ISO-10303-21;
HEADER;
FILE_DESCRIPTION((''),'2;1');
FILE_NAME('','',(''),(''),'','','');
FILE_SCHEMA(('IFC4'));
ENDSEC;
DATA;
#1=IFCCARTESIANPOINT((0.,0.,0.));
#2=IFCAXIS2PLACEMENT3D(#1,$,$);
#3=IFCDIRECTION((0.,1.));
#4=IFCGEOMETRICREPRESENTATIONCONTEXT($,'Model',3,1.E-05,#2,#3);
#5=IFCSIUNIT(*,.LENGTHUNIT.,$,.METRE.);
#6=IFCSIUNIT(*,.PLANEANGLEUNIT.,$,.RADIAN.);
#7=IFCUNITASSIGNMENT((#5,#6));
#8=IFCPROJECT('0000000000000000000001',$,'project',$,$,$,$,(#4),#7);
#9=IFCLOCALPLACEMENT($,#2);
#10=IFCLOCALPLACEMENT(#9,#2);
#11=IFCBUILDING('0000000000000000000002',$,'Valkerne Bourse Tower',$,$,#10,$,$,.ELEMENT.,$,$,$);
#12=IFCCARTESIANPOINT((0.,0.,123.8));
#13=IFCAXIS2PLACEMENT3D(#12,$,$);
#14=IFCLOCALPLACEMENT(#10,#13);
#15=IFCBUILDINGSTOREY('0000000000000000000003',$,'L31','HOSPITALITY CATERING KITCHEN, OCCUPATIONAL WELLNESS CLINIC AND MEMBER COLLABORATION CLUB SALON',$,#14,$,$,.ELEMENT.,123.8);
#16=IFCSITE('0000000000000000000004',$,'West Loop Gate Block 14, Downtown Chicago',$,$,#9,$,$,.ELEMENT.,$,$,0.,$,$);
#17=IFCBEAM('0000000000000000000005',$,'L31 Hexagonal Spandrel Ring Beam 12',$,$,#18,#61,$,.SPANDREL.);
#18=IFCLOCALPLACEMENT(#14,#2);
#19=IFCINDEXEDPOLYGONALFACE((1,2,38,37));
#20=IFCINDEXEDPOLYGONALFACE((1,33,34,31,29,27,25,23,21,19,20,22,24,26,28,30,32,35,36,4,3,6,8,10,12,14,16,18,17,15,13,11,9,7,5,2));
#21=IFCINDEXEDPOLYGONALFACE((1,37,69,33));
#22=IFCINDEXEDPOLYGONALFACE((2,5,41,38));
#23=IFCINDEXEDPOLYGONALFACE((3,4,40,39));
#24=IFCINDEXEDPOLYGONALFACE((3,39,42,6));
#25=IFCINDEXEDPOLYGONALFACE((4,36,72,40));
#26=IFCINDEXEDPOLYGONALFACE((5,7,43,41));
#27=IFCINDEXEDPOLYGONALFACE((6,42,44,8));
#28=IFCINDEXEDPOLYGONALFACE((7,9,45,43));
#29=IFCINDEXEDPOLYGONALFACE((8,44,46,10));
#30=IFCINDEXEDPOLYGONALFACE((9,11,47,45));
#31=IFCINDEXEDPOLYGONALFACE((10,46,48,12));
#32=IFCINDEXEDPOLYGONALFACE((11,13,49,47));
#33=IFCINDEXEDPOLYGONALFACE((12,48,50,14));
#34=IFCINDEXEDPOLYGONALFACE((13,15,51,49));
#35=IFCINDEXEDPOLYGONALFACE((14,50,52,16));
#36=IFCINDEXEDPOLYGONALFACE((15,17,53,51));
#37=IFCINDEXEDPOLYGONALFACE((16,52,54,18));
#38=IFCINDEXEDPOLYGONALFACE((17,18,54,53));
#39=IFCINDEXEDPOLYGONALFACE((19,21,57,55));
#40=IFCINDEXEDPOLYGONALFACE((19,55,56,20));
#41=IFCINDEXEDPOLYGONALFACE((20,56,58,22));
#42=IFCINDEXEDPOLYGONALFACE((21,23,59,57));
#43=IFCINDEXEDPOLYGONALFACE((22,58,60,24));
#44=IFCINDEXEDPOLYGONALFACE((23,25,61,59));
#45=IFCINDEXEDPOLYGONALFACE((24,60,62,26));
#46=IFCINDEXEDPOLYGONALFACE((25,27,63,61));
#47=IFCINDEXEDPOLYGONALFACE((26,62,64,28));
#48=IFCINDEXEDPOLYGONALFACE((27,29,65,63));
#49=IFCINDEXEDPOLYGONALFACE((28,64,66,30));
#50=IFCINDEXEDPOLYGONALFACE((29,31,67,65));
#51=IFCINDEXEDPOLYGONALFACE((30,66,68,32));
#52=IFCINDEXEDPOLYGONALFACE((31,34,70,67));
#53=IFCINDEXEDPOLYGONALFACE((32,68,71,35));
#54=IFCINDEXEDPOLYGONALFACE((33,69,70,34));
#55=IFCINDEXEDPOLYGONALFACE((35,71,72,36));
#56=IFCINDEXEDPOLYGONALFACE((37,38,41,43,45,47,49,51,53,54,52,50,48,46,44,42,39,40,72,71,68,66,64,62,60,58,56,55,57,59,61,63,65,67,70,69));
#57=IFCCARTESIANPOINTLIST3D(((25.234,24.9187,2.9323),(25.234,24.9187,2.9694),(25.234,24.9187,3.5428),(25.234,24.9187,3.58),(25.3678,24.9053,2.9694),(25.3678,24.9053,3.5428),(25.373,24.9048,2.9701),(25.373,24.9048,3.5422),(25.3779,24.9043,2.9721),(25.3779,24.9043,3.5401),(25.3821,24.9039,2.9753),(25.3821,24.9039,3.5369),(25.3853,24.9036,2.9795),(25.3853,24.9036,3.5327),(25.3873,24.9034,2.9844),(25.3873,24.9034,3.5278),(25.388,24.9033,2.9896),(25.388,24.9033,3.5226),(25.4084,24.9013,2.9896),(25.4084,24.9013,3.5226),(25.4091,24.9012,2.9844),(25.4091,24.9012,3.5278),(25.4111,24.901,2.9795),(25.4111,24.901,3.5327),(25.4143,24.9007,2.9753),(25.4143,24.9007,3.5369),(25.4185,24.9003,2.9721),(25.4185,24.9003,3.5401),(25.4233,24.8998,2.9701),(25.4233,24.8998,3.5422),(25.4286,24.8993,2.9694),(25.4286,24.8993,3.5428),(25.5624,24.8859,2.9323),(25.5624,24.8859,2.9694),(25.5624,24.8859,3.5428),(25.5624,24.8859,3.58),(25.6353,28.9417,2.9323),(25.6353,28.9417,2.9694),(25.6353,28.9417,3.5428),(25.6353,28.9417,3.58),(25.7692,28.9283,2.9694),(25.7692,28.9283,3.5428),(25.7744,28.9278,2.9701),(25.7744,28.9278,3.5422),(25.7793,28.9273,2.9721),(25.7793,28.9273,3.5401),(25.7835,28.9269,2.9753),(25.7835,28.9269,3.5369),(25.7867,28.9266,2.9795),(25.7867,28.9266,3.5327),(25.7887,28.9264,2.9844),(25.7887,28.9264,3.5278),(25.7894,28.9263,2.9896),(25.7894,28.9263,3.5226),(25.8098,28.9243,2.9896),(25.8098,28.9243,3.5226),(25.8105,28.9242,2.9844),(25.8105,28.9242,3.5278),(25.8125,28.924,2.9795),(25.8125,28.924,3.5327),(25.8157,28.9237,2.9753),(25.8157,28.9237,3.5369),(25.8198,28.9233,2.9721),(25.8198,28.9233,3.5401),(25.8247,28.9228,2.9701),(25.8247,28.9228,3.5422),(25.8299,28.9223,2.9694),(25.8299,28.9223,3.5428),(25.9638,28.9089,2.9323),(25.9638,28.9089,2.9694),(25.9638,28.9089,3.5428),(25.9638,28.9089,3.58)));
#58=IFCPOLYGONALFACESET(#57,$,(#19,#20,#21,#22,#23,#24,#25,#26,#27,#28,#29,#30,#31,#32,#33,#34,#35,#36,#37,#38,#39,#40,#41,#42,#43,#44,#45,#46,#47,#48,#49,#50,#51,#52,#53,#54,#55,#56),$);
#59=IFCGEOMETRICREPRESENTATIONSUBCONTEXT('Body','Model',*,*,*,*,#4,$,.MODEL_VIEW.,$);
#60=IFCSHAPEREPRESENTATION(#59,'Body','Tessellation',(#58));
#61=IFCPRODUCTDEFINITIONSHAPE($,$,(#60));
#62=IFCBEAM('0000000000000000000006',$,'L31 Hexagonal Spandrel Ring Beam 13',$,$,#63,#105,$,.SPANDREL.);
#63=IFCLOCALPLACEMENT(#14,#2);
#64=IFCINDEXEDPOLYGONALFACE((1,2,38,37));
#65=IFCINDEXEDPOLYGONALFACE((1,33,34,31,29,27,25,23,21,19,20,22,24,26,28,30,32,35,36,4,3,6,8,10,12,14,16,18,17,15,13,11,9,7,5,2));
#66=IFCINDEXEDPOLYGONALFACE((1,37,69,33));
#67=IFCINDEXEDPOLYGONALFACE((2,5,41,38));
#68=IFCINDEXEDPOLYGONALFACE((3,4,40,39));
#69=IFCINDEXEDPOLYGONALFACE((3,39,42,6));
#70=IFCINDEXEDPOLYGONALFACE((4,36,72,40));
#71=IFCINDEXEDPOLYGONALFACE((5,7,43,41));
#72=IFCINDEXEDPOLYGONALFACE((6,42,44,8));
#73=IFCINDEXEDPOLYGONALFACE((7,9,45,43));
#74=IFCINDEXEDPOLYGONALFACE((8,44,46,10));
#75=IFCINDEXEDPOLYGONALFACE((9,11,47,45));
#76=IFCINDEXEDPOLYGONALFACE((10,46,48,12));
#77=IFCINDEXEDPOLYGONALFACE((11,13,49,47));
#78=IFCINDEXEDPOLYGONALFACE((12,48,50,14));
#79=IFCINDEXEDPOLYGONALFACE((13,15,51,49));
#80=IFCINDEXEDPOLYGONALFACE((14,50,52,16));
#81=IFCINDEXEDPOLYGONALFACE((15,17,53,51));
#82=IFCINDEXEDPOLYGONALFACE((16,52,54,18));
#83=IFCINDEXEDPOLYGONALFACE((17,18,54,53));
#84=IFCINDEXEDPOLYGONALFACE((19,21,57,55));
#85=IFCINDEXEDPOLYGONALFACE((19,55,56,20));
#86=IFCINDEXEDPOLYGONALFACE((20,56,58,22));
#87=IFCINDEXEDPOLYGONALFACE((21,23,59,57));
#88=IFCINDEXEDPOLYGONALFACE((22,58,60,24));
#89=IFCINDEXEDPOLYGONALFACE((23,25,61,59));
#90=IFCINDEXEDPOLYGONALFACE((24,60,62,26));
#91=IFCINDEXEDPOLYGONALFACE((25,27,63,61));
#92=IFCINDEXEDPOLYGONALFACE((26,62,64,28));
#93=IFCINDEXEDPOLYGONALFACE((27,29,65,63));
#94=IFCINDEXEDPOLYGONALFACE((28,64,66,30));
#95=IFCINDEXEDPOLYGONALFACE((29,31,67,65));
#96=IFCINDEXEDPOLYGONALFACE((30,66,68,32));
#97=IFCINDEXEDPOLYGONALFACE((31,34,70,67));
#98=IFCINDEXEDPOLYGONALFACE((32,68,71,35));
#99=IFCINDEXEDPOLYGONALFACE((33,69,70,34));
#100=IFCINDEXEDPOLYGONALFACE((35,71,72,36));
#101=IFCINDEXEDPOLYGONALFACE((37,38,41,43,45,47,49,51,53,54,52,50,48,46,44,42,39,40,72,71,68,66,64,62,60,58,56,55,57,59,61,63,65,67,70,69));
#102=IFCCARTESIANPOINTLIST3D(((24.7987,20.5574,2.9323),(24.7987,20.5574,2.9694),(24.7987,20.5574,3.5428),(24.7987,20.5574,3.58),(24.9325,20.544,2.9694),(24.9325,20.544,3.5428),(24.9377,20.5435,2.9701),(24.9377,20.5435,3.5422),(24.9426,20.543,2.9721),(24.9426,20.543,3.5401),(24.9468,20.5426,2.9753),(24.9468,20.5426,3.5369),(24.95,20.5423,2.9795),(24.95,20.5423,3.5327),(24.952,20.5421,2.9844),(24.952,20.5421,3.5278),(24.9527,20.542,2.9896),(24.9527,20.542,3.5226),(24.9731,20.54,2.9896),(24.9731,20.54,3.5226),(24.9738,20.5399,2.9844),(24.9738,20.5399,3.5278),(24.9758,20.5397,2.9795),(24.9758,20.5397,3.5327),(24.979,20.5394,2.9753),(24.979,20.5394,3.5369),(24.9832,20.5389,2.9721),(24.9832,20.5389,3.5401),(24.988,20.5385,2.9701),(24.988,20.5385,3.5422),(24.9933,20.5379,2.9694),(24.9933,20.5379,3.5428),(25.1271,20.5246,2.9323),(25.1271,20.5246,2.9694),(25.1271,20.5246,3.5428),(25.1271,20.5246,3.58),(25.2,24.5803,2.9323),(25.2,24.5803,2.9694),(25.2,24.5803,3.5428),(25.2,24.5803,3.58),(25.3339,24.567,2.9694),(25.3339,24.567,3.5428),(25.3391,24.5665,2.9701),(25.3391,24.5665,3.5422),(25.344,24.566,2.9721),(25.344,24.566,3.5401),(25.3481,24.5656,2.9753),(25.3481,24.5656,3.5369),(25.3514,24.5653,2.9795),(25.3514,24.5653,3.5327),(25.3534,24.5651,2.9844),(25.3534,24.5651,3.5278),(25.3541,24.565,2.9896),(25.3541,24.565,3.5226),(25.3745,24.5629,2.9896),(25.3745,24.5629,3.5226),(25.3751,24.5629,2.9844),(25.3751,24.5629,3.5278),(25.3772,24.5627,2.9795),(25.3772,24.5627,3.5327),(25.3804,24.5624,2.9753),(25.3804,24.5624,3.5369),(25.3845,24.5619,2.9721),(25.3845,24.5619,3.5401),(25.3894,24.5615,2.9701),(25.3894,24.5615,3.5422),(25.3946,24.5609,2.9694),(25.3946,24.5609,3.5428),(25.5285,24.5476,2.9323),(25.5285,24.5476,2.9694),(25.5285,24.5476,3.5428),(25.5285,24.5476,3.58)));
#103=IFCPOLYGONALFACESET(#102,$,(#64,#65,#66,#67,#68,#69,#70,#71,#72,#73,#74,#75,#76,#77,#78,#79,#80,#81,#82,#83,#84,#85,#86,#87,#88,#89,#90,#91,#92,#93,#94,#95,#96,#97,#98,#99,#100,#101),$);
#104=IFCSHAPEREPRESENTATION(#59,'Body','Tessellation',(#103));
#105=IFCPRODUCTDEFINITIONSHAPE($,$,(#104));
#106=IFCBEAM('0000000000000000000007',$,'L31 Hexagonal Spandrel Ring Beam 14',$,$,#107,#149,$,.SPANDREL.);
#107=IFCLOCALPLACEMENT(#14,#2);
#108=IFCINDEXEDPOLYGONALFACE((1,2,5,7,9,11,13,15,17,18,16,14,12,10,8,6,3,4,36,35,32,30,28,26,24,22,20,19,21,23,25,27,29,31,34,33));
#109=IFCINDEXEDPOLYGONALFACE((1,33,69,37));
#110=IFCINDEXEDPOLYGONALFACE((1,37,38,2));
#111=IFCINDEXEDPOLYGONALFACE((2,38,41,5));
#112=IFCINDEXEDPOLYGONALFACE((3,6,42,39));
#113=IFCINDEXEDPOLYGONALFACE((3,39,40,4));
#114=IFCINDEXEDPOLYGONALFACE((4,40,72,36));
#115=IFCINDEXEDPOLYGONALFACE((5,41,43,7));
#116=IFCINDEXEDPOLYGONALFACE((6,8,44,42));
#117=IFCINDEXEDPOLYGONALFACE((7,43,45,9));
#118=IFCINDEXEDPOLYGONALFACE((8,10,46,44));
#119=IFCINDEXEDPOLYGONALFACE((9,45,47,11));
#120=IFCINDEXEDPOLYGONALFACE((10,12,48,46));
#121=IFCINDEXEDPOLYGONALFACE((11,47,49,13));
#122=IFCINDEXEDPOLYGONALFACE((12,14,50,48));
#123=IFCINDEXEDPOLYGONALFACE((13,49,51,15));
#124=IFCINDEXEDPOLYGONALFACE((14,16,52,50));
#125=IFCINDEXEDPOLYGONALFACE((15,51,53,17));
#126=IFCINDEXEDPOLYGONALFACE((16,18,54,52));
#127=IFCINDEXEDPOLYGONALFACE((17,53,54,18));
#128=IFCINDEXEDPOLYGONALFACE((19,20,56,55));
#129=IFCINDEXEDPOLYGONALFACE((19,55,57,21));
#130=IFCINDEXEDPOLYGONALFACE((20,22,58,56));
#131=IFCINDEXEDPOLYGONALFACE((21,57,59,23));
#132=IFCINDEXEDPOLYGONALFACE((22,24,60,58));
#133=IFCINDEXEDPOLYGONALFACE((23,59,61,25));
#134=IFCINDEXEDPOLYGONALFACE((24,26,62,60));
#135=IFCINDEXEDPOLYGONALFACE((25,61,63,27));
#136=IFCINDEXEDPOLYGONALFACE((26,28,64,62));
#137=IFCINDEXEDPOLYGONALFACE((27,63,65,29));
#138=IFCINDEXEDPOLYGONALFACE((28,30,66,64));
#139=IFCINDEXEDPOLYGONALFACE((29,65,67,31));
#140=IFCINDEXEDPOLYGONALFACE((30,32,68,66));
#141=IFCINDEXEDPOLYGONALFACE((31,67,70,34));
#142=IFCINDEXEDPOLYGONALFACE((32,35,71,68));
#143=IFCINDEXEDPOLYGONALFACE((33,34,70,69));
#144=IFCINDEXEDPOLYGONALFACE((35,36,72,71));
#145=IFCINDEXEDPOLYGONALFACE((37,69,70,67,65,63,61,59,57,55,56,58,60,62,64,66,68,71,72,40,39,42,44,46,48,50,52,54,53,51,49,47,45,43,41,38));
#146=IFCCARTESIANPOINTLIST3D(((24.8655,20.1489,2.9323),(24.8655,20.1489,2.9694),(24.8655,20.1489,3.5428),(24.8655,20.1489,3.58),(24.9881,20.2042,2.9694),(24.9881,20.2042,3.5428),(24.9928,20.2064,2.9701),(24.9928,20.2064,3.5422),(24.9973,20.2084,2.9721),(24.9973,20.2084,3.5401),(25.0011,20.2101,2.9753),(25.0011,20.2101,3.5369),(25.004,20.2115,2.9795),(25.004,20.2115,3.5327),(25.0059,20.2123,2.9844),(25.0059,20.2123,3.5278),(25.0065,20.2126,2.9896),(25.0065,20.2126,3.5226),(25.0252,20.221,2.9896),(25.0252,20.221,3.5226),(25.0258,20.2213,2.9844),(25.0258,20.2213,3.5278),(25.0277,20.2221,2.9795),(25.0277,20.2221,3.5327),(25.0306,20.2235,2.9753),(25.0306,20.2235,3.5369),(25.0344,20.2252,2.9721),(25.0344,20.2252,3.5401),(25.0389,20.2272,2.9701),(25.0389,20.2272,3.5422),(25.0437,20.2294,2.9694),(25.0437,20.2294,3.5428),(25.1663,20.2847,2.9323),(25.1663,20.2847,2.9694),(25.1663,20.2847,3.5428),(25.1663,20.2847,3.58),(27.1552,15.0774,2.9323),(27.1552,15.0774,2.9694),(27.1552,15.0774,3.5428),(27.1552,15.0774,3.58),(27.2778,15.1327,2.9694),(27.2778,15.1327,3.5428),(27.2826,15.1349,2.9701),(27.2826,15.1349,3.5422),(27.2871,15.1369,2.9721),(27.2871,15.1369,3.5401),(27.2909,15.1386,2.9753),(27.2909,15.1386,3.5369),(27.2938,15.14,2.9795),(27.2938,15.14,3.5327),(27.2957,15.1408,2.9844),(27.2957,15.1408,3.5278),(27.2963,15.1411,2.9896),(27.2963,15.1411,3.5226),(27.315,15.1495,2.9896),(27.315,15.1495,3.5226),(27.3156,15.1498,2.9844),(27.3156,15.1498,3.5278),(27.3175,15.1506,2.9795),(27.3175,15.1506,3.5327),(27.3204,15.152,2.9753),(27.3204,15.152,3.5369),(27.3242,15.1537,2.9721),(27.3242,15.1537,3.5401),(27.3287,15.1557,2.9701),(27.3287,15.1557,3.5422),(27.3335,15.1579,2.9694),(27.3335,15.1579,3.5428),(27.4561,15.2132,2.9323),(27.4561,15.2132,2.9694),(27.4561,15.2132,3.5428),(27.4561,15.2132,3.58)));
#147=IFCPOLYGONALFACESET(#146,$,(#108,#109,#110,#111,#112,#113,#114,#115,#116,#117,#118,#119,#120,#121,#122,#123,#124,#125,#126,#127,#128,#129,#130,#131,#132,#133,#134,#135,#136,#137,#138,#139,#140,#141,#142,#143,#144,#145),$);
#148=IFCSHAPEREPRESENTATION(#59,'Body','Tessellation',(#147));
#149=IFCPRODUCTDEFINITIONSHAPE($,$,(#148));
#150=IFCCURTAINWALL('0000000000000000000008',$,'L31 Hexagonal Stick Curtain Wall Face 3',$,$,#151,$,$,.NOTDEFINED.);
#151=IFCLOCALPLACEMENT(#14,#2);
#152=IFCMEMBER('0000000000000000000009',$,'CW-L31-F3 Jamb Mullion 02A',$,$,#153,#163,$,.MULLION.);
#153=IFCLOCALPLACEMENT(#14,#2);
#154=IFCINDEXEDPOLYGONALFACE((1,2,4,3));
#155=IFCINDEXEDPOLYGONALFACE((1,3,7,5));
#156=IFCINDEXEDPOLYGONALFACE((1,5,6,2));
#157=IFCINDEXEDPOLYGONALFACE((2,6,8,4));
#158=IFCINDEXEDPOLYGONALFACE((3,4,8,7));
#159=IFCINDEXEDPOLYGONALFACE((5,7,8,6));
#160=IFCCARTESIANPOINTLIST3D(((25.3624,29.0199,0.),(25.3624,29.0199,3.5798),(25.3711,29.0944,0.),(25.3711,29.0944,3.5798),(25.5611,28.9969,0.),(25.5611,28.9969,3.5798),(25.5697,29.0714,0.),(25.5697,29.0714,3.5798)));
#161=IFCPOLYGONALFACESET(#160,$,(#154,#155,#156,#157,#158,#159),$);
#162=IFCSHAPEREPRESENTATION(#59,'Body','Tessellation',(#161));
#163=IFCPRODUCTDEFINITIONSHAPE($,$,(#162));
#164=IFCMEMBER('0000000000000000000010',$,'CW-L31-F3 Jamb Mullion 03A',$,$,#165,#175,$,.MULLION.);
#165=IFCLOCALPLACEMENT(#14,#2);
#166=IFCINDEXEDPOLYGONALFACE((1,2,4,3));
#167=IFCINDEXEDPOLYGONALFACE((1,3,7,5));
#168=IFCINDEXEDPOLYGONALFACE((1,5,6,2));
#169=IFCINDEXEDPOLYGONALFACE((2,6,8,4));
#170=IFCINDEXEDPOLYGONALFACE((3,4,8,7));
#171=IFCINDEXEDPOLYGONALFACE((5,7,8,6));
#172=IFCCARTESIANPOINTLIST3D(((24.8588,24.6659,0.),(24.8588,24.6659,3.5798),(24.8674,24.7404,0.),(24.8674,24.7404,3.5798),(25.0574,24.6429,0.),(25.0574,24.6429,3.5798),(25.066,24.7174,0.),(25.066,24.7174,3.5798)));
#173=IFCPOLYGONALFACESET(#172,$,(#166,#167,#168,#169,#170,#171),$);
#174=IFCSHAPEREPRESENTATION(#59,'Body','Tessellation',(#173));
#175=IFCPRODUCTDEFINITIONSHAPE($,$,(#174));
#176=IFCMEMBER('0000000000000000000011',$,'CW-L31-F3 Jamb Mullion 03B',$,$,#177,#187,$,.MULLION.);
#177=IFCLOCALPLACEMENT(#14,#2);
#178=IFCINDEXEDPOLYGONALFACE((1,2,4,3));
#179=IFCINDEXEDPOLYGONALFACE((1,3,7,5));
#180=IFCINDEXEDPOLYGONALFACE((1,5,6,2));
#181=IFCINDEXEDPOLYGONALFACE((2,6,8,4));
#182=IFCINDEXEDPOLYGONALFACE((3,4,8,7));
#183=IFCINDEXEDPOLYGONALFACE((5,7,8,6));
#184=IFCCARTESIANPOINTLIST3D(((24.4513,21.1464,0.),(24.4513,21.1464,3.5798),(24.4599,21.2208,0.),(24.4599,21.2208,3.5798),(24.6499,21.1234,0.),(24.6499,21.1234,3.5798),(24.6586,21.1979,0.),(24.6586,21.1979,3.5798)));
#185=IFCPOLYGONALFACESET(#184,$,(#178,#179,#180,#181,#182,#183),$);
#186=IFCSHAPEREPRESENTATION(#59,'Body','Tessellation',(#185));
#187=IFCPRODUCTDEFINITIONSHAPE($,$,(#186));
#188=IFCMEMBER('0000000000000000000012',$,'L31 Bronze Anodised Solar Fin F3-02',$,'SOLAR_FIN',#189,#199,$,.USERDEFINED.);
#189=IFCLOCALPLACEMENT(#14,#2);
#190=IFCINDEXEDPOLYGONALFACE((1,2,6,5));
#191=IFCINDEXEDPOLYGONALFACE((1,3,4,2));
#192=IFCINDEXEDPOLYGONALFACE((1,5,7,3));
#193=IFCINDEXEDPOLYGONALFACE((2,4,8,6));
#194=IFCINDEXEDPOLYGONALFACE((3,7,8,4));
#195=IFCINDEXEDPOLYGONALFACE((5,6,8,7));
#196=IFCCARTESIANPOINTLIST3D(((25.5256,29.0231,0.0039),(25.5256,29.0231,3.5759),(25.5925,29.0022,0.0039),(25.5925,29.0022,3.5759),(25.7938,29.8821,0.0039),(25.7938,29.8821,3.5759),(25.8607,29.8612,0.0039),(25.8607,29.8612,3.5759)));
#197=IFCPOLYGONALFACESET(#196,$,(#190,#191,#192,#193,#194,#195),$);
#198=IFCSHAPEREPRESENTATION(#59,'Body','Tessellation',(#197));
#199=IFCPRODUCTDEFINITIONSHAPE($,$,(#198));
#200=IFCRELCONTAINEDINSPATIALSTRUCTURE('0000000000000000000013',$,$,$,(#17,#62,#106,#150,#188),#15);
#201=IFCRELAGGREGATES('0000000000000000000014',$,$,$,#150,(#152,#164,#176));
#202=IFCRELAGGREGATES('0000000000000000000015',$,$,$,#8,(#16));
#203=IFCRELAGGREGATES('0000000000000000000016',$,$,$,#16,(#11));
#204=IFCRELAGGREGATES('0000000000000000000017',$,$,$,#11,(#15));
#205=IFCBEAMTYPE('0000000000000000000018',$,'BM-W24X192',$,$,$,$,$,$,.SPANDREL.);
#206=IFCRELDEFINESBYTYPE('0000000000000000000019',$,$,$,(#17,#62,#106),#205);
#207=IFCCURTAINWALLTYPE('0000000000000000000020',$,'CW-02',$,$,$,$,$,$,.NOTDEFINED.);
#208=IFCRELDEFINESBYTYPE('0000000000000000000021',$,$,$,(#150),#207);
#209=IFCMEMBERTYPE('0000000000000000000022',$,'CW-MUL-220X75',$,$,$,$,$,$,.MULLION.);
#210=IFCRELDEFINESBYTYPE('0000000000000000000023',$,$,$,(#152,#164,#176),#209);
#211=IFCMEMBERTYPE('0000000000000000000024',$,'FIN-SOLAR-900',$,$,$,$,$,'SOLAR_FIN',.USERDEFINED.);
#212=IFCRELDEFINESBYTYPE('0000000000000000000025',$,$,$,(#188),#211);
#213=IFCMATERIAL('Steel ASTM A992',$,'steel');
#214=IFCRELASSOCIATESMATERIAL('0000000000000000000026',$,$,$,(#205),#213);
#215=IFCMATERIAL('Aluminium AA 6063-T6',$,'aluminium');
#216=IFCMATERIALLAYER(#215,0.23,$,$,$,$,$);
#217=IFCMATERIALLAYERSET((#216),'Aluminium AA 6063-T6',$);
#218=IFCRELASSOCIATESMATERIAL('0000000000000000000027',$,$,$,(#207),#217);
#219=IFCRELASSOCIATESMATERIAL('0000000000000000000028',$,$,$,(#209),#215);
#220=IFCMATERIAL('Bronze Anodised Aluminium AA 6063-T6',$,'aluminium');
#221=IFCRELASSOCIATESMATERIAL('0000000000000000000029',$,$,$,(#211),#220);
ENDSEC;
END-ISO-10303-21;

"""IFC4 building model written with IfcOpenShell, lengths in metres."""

from ifc_helpers import new_model, si_unit, direction, frame, origin, origin_2d, place, context, subcontext, project, spatial, rectangle, i_section, extrude, material, layer, layer_set, material_profile, profile_set, type_object, element, aggregate, save


model = new_model("IFC4")

# Units and contexts
model_context = context("Model", 3, precision=1e-05, world=origin(), true_north=direction((0.0, 1.0)))
body_context = subcontext(model_context, "Body", "Model", "MODEL_VIEW")
ifc_project = project(units=[si_unit("LENGTHUNIT", "METRE"), si_unit("PLANEANGLEUNIT", "RADIAN")], contexts=[model_context])

# Site, building, storey
site_placement = place(None, origin())
site = spatial("IfcSite", under=ifc_project, at=site_placement, Name="West Loop Gate Block 14, Downtown Chicago", CompositionType="ELEMENT", RefElevation=0.0)
building_placement = place(site_placement, origin())
building = spatial("IfcBuilding", under=site, at=building_placement, Name="Valkerne Bourse Tower", CompositionType="ELEMENT")
storey_placement = place(building_placement, frame((0.0, 0.0, 123.8)))
storey = spatial("IfcBuildingStorey", under=building, at=storey_placement, Name="L31", Description="HOSPITALITY CATERING KITCHEN, OCCUPATIONAL WELLNESS CLINIC AND MEMBER COLLABORATION CLUB SALON", CompositionType="ELEMENT", Elevation=123.8)

# Beams
ifc_material_1 = material(Name="Steel ASTM A992", Category="steel")
ifc_material_profile_1 = material_profile(ifc_material_1, i_section(OverallWidth=0.3301, OverallDepth=0.6477, WebThickness=0.0205, FlangeThickness=0.0371, FilletRadius=0.0203, at=origin_2d()), Name="W24X192")
ifc_profile_set_1 = profile_set([ifc_material_profile_1], Name="Steel ASTM A992")
beam_type_1 = type_object("IfcBeamType", Name="BM-W24X192", PredefinedType="SPANDREL", material=ifc_profile_set_1)
for number, where, z_axis, x_axis, name in (
    (1, (25.7996, 28.9253, 3.2561), (-0.099277, -0.99506, 0.0), (0.99506, -0.099277, 0.0), "L31 Hexagonal Spandrel Ring Beam 12"),
    (2, (25.3643, 24.564, 3.2561), (-0.099277, -0.99506, 0.0), (0.99506, -0.099277, 0.0), "L31 Hexagonal Spandrel Ring Beam 13"),
):
    element("IfcBeam", number, at=place(storey_placement, frame(where, z_axis=z_axis, x_axis=x_axis)), inside=storey, type_object=beam_type_1, Name=name, PredefinedType="SPANDREL", context=body_context, shape_type="SweptSolid", body=[
        extrude(i_section(OverallWidth=0.3301, OverallDepth=0.6477, WebThickness=0.0205, FlangeThickness=0.0371, FilletRadius=0.0203, at=origin_2d()), origin(), (0.0, 0.0, 1.0), 4.043),
    ])
beam_1_placement = place(storey_placement, frame((25.0159, 20.2168, 3.2561), z_axis=(0.411501, -0.911409, 0.0), x_axis=(0.911409, 0.411501, 0.0)))
element("IfcBeam", 3, at=beam_1_placement, inside=storey, type_object=beam_type_1, Name="L31 Hexagonal Spandrel Ring Beam 14", PredefinedType="SPANDREL", context=body_context, shape_type="SweptSolid", body=[
    extrude(i_section(OverallWidth=0.3301, OverallDepth=0.6477, WebThickness=0.0205, FlangeThickness=0.0371, FilletRadius=0.0203, at=origin_2d()), origin(), (0.0, 0.0, 1.0), 5.5645),
])

# Curtain wall, members
ifc_material_2 = material(Name="Aluminium AA 6063-T6", Category="aluminium")
ifc_layer_1 = layer(ifc_material_2, 0.23)
ifc_layer_set_1 = layer_set([ifc_layer_1], Name="Aluminium AA 6063-T6")
curtain_wall_type = type_object("IfcCurtainWallType", Name="CW-02", PredefinedType="NOTDEFINED", material=ifc_layer_set_1)
curtain_wall_placement = place(storey_placement, origin())
curtain_wall = element("IfcCurtainWall", 4, at=curtain_wall_placement, inside=storey, type_object=curtain_wall_type, Name="L31 Hexagonal Stick Curtain Wall Face 3", PredefinedType="NOTDEFINED")
ifc_material_profile_2 = material_profile(ifc_material_2, rectangle(XDim=0.075, YDim=0.2, at=origin_2d()), Name="CWM-75X200")
ifc_profile_set_2 = profile_set([ifc_material_profile_2], Name="Aluminium AA 6063-T6")
member_type_1 = type_object("IfcMemberType", Name="CW-MUL-220X75", PredefinedType="MULLION", material=ifc_profile_set_2)
member_1_placement = place(storey_placement, frame((25.4661, 29.0457, 0.0), z_axis=(0.0, 0.0, 1.0), x_axis=(-0.11492, -0.993375, 0.0)))
member_1 = element("IfcMember", 5, at=member_1_placement, type_object=member_type_1, Name="CW-L31-F3 Jamb Mullion 02A", PredefinedType="MULLION", context=body_context, shape_type="SweptSolid", body=[
    extrude(rectangle(XDim=0.075, YDim=0.2, at=origin_2d()), origin(), (0.0, 0.0, 1.0), 3.5798),
])
member_2_placement = place(storey_placement, frame((24.9624, 24.6917, 0.0), z_axis=(0.0, 0.0, 1.0), x_axis=(-0.114945, -0.993372, 0.0)))
member_2 = element("IfcMember", 6, at=member_2_placement, type_object=member_type_1, Name="CW-L31-F3 Jamb Mullion 03A", PredefinedType="MULLION", context=body_context, shape_type="SweptSolid", body=[
    extrude(rectangle(XDim=0.075, YDim=0.2, at=origin_2d()), origin(), (0.0, 0.0, 1.0), 3.5798),
])
member_3_placement = place(storey_placement, frame((24.5549, 21.1721, 0.0), z_axis=(0.0, 0.0, 1.0), x_axis=(-0.114945, -0.993372, 0.0)))
member_3 = element("IfcMember", 7, at=member_3_placement, type_object=member_type_1, Name="CW-L31-F3 Jamb Mullion 03B", PredefinedType="MULLION", context=body_context, shape_type="SweptSolid", body=[
    extrude(rectangle(XDim=0.075, YDim=0.2, at=origin_2d()), origin(), (0.0, 0.0, 1.0), 3.5798),
])

# Member
ifc_material_3 = material(Name="Bronze Anodised Aluminium AA 6063-T6", Category="aluminium")
ifc_material_profile_3 = material_profile(ifc_material_3, rectangle(XDim=0.0701, YDim=0.8999, at=origin_2d()), Name="FIN-70X900")
ifc_profile_set_3 = profile_set([ifc_material_profile_3], Name="Bronze Anodised Aluminium AA 6063-T6")
member_type_2 = type_object("IfcMemberType", Name="FIN-SOLAR-900", ElementType="SOLAR_FIN", PredefinedType="USERDEFINED", material=ifc_profile_set_3)
member_4_placement = place(storey_placement, frame((25.6931, 29.4421, 0.0039), z_axis=(0.0, 0.0, 1.0), x_axis=(-0.954557, 0.298028, 0.0)))
element("IfcMember", 8, at=member_4_placement, inside=storey, type_object=member_type_2, Name="L31 Bronze Anodised Solar Fin F3-02", ObjectType="SOLAR_FIN", PredefinedType="USERDEFINED", context=body_context, shape_type="SweptSolid", body=[
    extrude(rectangle(XDim=0.0701, YDim=0.8999, at=origin_2d()), origin(), (0.0, 0.0, 1.0), 3.572),
])

aggregate(curtain_wall, [member_1, member_2, member_3])

save(model, "model.ifc")
